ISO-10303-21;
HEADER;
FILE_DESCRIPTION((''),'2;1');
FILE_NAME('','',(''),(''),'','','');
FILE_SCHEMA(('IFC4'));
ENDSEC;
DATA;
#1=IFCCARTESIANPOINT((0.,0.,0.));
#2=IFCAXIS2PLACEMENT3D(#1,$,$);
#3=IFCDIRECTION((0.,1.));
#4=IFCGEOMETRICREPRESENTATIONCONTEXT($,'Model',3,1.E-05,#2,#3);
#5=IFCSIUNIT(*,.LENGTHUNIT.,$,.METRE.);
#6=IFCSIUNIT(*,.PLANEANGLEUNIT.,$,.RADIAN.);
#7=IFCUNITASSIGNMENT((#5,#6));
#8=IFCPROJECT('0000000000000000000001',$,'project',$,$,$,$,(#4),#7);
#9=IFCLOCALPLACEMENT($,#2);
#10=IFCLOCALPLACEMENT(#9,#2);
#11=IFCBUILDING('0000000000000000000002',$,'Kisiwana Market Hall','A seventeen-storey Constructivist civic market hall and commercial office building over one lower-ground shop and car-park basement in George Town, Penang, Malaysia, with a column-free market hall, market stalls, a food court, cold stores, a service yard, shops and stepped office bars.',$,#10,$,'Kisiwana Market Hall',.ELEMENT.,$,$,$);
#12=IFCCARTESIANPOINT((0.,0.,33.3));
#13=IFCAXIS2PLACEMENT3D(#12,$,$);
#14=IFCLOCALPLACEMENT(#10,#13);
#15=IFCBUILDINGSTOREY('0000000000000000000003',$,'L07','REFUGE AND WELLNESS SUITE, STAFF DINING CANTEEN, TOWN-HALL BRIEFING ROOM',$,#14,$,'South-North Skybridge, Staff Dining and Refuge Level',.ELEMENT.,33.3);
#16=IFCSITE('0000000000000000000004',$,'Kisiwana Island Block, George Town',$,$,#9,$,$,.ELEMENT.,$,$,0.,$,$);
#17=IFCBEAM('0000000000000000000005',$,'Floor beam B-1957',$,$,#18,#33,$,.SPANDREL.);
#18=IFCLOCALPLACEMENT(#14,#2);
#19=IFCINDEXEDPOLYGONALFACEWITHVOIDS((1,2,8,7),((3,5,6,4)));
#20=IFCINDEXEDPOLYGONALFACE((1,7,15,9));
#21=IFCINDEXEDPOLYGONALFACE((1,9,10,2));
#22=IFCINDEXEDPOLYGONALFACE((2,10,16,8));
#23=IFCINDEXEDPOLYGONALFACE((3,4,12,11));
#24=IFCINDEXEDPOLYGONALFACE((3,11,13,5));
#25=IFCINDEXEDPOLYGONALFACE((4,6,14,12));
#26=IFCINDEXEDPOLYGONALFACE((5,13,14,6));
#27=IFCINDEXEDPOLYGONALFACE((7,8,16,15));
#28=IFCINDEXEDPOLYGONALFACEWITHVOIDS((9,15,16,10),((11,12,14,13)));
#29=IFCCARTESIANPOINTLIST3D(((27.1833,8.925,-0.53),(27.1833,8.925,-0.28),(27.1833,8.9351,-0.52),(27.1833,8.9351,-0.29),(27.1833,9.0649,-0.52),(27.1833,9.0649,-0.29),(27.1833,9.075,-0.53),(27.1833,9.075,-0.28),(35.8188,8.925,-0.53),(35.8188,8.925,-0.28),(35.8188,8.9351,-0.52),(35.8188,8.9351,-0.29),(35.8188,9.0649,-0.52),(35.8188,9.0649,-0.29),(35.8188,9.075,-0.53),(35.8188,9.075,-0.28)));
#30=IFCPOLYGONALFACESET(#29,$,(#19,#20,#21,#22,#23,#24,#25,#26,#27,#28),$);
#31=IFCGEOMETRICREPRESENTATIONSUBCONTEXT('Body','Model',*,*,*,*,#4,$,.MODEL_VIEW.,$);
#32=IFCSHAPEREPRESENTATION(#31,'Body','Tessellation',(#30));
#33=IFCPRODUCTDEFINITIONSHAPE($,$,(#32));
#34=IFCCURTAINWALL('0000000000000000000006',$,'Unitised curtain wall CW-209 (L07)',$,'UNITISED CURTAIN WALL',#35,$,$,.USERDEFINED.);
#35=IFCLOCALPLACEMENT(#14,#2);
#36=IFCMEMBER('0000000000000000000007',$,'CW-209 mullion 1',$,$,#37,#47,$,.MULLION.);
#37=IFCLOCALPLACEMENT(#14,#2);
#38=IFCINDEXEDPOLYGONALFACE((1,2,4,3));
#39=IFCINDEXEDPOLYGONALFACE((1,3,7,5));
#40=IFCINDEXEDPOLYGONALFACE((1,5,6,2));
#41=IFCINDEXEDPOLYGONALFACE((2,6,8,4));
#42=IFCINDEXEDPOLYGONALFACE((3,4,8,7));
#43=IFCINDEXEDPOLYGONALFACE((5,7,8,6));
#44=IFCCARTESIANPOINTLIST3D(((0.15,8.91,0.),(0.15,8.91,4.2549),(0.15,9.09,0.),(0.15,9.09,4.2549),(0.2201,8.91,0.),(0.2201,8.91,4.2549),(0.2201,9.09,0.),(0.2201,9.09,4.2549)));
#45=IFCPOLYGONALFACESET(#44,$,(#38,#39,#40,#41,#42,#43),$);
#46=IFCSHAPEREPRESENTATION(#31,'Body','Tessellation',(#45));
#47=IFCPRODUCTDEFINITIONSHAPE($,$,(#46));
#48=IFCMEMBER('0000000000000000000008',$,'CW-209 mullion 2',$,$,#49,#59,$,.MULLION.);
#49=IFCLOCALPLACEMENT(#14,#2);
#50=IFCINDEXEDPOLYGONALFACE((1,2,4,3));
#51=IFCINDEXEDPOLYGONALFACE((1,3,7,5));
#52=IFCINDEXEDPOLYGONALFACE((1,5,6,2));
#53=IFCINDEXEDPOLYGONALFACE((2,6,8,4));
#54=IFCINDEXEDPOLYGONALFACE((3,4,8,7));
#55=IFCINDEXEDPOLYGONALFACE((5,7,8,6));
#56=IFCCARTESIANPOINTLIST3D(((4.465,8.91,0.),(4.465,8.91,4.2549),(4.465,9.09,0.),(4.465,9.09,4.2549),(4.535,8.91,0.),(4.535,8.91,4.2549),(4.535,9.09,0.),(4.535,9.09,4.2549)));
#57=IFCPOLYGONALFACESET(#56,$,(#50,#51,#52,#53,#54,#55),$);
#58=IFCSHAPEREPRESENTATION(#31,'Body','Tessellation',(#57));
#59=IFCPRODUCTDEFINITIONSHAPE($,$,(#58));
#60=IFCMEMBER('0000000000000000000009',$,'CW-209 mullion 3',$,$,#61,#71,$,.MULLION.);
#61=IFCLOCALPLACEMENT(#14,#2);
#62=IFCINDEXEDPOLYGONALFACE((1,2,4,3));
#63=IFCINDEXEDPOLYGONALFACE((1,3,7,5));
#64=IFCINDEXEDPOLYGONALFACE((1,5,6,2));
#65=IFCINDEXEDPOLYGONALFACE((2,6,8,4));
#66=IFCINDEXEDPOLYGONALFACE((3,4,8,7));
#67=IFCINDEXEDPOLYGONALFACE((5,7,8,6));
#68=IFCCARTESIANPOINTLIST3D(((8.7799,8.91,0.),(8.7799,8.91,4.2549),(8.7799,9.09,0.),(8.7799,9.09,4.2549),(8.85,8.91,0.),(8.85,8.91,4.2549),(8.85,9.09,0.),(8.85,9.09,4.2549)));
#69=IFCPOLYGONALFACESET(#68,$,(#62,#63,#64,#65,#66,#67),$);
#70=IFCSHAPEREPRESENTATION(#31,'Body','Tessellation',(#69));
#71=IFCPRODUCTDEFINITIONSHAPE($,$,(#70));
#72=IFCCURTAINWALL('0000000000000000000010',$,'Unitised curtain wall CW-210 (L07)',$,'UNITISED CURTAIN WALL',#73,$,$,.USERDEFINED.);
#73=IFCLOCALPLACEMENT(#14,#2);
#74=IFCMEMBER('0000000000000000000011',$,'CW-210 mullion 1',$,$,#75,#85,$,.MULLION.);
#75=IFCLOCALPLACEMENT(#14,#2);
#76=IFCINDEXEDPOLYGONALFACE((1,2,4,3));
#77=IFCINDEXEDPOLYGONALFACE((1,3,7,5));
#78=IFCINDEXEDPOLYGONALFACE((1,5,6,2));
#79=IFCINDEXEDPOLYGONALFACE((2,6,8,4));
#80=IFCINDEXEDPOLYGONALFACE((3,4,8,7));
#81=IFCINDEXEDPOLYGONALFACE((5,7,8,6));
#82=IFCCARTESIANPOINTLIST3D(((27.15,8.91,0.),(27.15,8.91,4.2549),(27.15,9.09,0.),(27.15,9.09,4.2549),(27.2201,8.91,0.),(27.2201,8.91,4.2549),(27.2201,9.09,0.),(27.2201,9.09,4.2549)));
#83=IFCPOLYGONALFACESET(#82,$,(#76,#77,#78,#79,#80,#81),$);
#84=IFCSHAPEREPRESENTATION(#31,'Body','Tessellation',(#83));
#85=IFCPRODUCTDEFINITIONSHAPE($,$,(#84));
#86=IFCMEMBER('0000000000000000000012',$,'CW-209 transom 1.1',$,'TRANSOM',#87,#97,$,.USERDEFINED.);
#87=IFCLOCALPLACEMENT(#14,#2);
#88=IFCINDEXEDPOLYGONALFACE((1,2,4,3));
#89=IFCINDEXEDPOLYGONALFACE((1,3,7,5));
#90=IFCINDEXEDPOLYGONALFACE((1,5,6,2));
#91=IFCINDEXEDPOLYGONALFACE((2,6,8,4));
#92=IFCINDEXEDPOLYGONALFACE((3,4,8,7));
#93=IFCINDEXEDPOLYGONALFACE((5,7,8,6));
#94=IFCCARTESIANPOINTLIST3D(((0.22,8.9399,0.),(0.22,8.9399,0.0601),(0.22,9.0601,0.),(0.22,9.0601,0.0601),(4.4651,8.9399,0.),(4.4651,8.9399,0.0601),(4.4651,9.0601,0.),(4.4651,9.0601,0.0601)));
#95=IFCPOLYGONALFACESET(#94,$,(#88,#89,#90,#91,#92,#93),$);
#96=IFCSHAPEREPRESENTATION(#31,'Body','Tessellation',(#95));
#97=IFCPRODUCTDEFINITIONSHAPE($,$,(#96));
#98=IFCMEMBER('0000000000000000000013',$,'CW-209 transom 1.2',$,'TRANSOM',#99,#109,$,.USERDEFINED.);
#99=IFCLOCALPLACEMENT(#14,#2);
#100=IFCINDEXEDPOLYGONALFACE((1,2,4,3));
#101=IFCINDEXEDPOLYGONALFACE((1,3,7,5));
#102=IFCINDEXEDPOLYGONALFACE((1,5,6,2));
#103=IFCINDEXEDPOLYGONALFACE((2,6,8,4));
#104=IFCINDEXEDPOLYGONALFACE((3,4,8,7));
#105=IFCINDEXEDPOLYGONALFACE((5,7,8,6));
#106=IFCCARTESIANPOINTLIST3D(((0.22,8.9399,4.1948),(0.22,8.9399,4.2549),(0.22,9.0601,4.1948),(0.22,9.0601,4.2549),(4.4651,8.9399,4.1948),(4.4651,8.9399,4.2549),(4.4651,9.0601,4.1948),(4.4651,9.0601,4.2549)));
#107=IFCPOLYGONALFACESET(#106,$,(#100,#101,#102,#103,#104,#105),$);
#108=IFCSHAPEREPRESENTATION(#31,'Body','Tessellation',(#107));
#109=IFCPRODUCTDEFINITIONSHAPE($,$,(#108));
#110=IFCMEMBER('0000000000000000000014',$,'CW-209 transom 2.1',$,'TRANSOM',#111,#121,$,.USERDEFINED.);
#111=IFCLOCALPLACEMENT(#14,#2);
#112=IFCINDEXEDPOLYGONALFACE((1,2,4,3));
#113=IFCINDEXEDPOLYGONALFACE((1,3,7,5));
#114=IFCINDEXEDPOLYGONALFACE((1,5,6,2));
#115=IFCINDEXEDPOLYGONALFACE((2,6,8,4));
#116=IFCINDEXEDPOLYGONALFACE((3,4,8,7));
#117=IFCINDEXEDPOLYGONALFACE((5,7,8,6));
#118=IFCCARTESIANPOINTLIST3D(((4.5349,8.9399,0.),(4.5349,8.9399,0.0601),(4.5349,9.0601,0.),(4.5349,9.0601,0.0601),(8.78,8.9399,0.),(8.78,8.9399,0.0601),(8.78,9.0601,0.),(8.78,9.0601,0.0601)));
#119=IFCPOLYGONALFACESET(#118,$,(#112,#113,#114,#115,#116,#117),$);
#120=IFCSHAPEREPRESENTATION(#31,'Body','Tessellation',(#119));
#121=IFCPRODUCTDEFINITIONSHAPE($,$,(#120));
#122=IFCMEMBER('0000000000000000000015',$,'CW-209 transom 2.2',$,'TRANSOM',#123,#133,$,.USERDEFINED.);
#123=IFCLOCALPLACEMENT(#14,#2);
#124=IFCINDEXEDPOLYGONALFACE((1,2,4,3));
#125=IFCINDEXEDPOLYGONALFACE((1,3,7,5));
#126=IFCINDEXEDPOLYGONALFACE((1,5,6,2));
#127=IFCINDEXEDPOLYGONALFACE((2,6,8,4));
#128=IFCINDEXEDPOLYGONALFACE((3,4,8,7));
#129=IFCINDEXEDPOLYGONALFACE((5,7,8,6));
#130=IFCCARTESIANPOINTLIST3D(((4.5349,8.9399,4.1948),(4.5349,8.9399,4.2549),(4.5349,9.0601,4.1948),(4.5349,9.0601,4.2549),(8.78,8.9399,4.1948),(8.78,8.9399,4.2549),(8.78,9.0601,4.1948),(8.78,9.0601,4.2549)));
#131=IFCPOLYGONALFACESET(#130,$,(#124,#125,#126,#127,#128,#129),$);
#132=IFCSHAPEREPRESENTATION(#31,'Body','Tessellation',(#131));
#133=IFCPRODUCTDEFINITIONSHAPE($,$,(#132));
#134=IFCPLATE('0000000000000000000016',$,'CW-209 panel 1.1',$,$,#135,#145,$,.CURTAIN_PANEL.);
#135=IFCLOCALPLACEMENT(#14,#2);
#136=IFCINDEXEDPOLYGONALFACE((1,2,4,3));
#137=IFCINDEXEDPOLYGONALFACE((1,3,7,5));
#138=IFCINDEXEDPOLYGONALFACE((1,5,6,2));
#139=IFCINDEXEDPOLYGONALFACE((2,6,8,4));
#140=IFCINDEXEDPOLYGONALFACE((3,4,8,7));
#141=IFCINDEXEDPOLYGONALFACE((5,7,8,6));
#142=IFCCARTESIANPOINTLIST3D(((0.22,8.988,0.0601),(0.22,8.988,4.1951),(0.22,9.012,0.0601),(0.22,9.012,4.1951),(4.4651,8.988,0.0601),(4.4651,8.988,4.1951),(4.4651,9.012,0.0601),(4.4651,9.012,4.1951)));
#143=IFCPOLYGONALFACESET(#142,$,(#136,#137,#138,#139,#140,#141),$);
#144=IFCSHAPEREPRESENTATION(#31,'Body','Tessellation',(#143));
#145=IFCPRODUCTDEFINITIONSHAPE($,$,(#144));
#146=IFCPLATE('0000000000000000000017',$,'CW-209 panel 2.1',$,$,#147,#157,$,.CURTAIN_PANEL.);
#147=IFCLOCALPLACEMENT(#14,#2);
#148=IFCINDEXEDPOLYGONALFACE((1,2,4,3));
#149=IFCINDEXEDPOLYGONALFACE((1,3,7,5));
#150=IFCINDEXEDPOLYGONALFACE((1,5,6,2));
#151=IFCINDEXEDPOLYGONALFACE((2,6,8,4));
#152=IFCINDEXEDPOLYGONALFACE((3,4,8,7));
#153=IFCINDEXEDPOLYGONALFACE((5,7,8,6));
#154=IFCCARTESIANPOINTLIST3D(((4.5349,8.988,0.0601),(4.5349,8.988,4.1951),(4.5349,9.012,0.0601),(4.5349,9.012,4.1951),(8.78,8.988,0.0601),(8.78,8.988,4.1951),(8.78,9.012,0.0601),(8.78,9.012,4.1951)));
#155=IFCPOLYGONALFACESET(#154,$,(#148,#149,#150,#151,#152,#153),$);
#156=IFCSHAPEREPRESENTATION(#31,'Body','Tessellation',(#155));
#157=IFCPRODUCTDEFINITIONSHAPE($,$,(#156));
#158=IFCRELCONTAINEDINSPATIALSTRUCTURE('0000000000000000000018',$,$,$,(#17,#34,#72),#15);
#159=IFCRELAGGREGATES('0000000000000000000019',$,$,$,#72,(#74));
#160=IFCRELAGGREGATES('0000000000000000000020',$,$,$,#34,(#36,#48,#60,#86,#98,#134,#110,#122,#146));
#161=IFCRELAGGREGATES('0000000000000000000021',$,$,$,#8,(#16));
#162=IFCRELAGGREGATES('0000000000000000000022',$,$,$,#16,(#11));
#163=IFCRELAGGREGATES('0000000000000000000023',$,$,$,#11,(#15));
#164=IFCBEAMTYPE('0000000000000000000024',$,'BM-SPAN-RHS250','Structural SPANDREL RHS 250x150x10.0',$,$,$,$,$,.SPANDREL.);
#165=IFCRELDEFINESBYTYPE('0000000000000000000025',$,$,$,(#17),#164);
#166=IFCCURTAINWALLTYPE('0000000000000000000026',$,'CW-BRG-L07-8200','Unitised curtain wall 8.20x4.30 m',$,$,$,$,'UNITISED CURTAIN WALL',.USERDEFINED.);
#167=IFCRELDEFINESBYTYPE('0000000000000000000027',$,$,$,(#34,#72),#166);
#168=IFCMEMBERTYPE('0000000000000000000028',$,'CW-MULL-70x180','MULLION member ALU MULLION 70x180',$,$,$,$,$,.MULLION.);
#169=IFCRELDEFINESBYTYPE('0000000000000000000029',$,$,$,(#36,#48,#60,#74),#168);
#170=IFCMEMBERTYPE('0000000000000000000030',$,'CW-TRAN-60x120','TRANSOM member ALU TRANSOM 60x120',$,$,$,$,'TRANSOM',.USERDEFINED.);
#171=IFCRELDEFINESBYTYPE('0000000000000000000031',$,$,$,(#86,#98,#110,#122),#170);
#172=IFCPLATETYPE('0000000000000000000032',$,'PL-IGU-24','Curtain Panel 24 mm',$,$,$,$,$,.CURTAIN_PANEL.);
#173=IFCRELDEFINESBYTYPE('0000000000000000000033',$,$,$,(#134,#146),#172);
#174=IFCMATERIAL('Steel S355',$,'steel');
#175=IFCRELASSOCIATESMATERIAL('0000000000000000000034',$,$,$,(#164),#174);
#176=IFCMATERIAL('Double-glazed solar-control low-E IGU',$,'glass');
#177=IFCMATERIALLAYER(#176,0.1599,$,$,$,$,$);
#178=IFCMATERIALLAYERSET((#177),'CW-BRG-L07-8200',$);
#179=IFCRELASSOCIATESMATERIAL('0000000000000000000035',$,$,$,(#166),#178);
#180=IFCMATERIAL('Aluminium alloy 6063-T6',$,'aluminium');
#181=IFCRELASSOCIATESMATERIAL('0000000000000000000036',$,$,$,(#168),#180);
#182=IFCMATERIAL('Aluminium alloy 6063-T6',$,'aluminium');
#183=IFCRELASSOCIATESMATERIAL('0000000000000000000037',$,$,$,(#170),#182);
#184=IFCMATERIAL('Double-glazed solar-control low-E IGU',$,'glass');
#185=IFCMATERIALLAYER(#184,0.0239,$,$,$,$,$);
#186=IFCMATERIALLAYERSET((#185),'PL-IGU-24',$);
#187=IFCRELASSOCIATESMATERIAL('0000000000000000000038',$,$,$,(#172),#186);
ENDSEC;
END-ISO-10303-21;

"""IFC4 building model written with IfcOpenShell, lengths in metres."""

from ifc_helpers import new_model, si_unit, direction, frame, origin, origin_2d, place, context, subcontext, project, spatial, rectangle, hollow_rectangle, extrude, material, layer, layer_set, material_profile, profile_set, type_object, element, aggregate, save


model = new_model("IFC4")

# Units and contexts
model_context = context("Model", 3, precision=1e-05, world=origin(), true_north=direction((0.0, 1.0)))
body_context = subcontext(model_context, "Body", "Model", "MODEL_VIEW")
ifc_project = project(units=[si_unit("LENGTHUNIT", "METRE"), si_unit("PLANEANGLEUNIT", "RADIAN")], contexts=[model_context])

# Site, building, storey
site_placement = place(None, origin())
site = spatial("IfcSite", under=ifc_project, at=site_placement, Name="Kisiwana Island Block, George Town", CompositionType="ELEMENT", RefElevation=0.0)
building_placement = place(site_placement, origin())
building = spatial("IfcBuilding", under=site, at=building_placement, Name="Kisiwana Market Hall", Description="A seventeen-storey Constructivist civic market hall and commercial office building over one lower-ground shop and car-park basement in George Town, Penang, Malaysia, with a column-free market hall, market stalls, a food court, cold stores, a service yard, shops and stepped office bars.", LongName="Kisiwana Market Hall", CompositionType="ELEMENT")
storey_placement = place(building_placement, frame((0.0, 0.0, 33.3)))
storey = spatial("IfcBuildingStorey", under=building, at=storey_placement, Name="L07", Description="REFUGE AND WELLNESS SUITE, STAFF DINING CANTEEN, TOWN-HALL BRIEFING ROOM", LongName="South-North Skybridge, Staff Dining and Refuge Level", CompositionType="ELEMENT", Elevation=33.3)

# Beam
ifc_material_1 = material(Name="Steel S355", Category="steel")
ifc_material_profile_1 = material_profile(ifc_material_1, hollow_rectangle(XDim=0.1499, YDim=0.25, WallThickness=0.01, at=origin_2d()), Name="RHS 250x150x10.0")
ifc_profile_set_1 = profile_set([ifc_material_profile_1], Name="Steel S355")
beam_type_1 = type_object("IfcBeamType", Name="BM-SPAN-RHS250", Description="Structural SPANDREL RHS 250x150x10.0", PredefinedType="SPANDREL", material=ifc_profile_set_1)
for number, where, z_axis, x_axis, name in (
    (1, (27.1833, 9.0, -0.405), (1.0, 0.0, 0.0), (0.0, 1.0, 0.0), "Floor beam B-1957"),
):
    element("IfcBeam", number, at=place(storey_placement, frame(where, z_axis=z_axis, x_axis=x_axis)), inside=storey, type_object=beam_type_1, Name=name, PredefinedType="SPANDREL", context=body_context, shape_type="SweptSolid", body=[
        extrude(hollow_rectangle(XDim=0.1499, YDim=0.25, WallThickness=0.01, at=origin_2d()), origin(), (0.0, 0.0, 1.0), 8.6355),
    ])

# Curtain wall, members
ifc_material_2 = material(Name="Double-glazed solar-control low-E IGU", Category="glass")
ifc_layer_1 = layer(ifc_material_2, 0.1599)
ifc_layer_set_1 = layer_set([ifc_layer_1], Name="CW-BRG-L07-8200")
curtain_wall_type = type_object("IfcCurtainWallType", Name="CW-BRG-L07-8200", Description="Unitised curtain wall 8.20x4.30 m", ElementType="UNITISED CURTAIN WALL", PredefinedType="USERDEFINED", material=ifc_layer_set_1)
curtain_wall_1_placement = place(storey_placement, origin())
curtain_wall_1 = element("IfcCurtainWall", 2, at=curtain_wall_1_placement, inside=storey, type_object=curtain_wall_type, Name="Unitised curtain wall CW-209 (L07)", ObjectType="UNITISED CURTAIN WALL", PredefinedType="USERDEFINED")
ifc_material_3 = material(Name="Aluminium alloy 6063-T6", Category="aluminium")
ifc_material_profile_2 = material_profile(ifc_material_3, rectangle(XDim=0.0701, YDim=0.1799, at=origin_2d()), Name="ALU MULLION 70x180")
ifc_profile_set_2 = profile_set([ifc_material_profile_2], Name="Aluminium alloy 6063-T6")
member_type_1 = type_object("IfcMemberType", Name="CW-MULL-70x180", Description="MULLION member ALU MULLION 70x180", PredefinedType="MULLION", material=ifc_profile_set_2)
member_1_placement = place(storey_placement, frame((0.1851, 9.0, 0.0), z_axis=(0.0, 0.0, 1.0), x_axis=(1.0, 0.0, 0.0)))
member_1 = element("IfcMember", 3, at=member_1_placement, type_object=member_type_1, Name="CW-209 mullion 1", PredefinedType="MULLION", context=body_context, shape_type="SweptSolid", body=[
    extrude(rectangle(XDim=0.0701, YDim=0.1799, at=origin_2d()), origin(), (0.0, 0.0, 1.0), 4.2549),
])
member_2_placement = place(storey_placement, frame((4.5, 9.0, 0.0), z_axis=(0.0, 0.0, 1.0), x_axis=(1.0, 0.0, 0.0)))
member_2 = element("IfcMember", 4, at=member_2_placement, type_object=member_type_1, Name="CW-209 mullion 2", PredefinedType="MULLION", context=body_context, shape_type="SweptSolid", body=[
    extrude(rectangle(XDim=0.0701, YDim=0.1799, at=origin_2d()), origin(), (0.0, 0.0, 1.0), 4.2549),
])
member_3_placement = place(storey_placement, frame((8.8149, 9.0, 0.0), z_axis=(0.0, 0.0, 1.0), x_axis=(1.0, 0.0, 0.0)))
member_3 = element("IfcMember", 5, at=member_3_placement, type_object=member_type_1, Name="CW-209 mullion 3", PredefinedType="MULLION", context=body_context, shape_type="SweptSolid", body=[
    extrude(rectangle(XDim=0.0701, YDim=0.1799, at=origin_2d()), origin(), (0.0, 0.0, 1.0), 4.2549),
])

# Curtain wall, member
curtain_wall_2_placement = place(storey_placement, origin())
curtain_wall_2 = element("IfcCurtainWall", 6, at=curtain_wall_2_placement, inside=storey, type_object=curtain_wall_type, Name="Unitised curtain wall CW-210 (L07)", ObjectType="UNITISED CURTAIN WALL", PredefinedType="USERDEFINED")
member_4_placement = place(storey_placement, frame((27.1851, 9.0, 0.0), z_axis=(0.0, 0.0, 1.0), x_axis=(1.0, 0.0, 0.0)))
member_4 = element("IfcMember", 7, at=member_4_placement, type_object=member_type_1, Name="CW-210 mullion 1", PredefinedType="MULLION", context=body_context, shape_type="SweptSolid", body=[
    extrude(rectangle(XDim=0.0701, YDim=0.1799, at=origin_2d()), origin(), (0.0, 0.0, 1.0), 4.2549),
])
aggregate(curtain_wall_2, [member_4])

# Members
ifc_material_4 = material(Name="Aluminium alloy 6063-T6", Category="aluminium")
ifc_material_profile_3 = material_profile(ifc_material_4, rectangle(XDim=0.1201, YDim=0.0601, at=origin_2d()), Name="ALU TRANSOM 60x120")
ifc_profile_set_3 = profile_set([ifc_material_profile_3], Name="Aluminium alloy 6063-T6")
member_type_2 = type_object("IfcMemberType", Name="CW-TRAN-60x120", Description="TRANSOM member ALU TRANSOM 60x120", ElementType="TRANSOM", PredefinedType="USERDEFINED", material=ifc_profile_set_3)
member_5_placement = place(storey_placement, frame((0.22, 9.0, 0.03), z_axis=(1.0, 0.0, 0.0), x_axis=(0.0, 1.0, 0.0)))
member_5 = element("IfcMember", 8, at=member_5_placement, type_object=member_type_2, Name="CW-209 transom 1.1", ObjectType="TRANSOM", PredefinedType="USERDEFINED", context=body_context, shape_type="SweptSolid", body=[
    extrude(rectangle(XDim=0.1201, YDim=0.0601, at=origin_2d()), origin(), (0.0, 0.0, 1.0), 4.2451),
])
member_6_placement = place(storey_placement, frame((0.22, 9.0, 4.2249), z_axis=(1.0, 0.0, 0.0), x_axis=(0.0, 1.0, 0.0)))
member_6 = element("IfcMember", 9, at=member_6_placement, type_object=member_type_2, Name="CW-209 transom 1.2", ObjectType="TRANSOM", PredefinedType="USERDEFINED", context=body_context, shape_type="SweptSolid", body=[
    extrude(rectangle(XDim=0.1201, YDim=0.0601, at=origin_2d()), origin(), (0.0, 0.0, 1.0), 4.2451),
])
member_7_placement = place(storey_placement, frame((4.5349, 9.0, 0.03), z_axis=(1.0, 0.0, 0.0), x_axis=(0.0, 1.0, 0.0)))
member_7 = element("IfcMember", 10, at=member_7_placement, type_object=member_type_2, Name="CW-209 transom 2.1", ObjectType="TRANSOM", PredefinedType="USERDEFINED", context=body_context, shape_type="SweptSolid", body=[
    extrude(rectangle(XDim=0.1201, YDim=0.0601, at=origin_2d()), origin(), (0.0, 0.0, 1.0), 4.2451),
])
member_8_placement = place(storey_placement, frame((4.5349, 9.0, 4.2249), z_axis=(1.0, 0.0, 0.0), x_axis=(0.0, 1.0, 0.0)))
member_8 = element("IfcMember", 11, at=member_8_placement, type_object=member_type_2, Name="CW-209 transom 2.2", ObjectType="TRANSOM", PredefinedType="USERDEFINED", context=body_context, shape_type="SweptSolid", body=[
    extrude(rectangle(XDim=0.1201, YDim=0.0601, at=origin_2d()), origin(), (0.0, 0.0, 1.0), 4.2451),
])

# Plates
ifc_material_5 = material(Name="Double-glazed solar-control low-E IGU", Category="glass")
ifc_layer_2 = layer(ifc_material_5, 0.0239)
ifc_layer_set_2 = layer_set([ifc_layer_2], Name="PL-IGU-24")
plate_type = type_object("IfcPlateType", Name="PL-IGU-24", Description="Curtain Panel 24 mm", PredefinedType="CURTAIN_PANEL", material=ifc_layer_set_2)
plate_1_placement = place(storey_placement, frame((2.3425, 9.0, 0.0601), z_axis=(0.0, 0.0, 1.0), x_axis=(1.0, 0.0, 0.0)))
plate_1 = element("IfcPlate", 12, at=plate_1_placement, type_object=plate_type, Name="CW-209 panel 1.1", PredefinedType="CURTAIN_PANEL", context=body_context, shape_type="SweptSolid", body=[
    extrude(rectangle(XDim=4.2451, YDim=0.0239, at=origin_2d()), origin(), (0.0, 0.0, 1.0), 4.135),
])
plate_2_placement = place(storey_placement, frame((6.6575, 9.0, 0.0601), z_axis=(0.0, 0.0, 1.0), x_axis=(1.0, 0.0, 0.0)))
plate_2 = element("IfcPlate", 13, at=plate_2_placement, type_object=plate_type, Name="CW-209 panel 2.1", PredefinedType="CURTAIN_PANEL", context=body_context, shape_type="SweptSolid", body=[
    extrude(rectangle(XDim=4.2451, YDim=0.0239, at=origin_2d()), origin(), (0.0, 0.0, 1.0), 4.135),
])
aggregate(curtain_wall_1, [member_1, member_2, member_3, member_5, member_6, plate_1, member_7, member_8, plate_2])

save(model, "model.ifc")
